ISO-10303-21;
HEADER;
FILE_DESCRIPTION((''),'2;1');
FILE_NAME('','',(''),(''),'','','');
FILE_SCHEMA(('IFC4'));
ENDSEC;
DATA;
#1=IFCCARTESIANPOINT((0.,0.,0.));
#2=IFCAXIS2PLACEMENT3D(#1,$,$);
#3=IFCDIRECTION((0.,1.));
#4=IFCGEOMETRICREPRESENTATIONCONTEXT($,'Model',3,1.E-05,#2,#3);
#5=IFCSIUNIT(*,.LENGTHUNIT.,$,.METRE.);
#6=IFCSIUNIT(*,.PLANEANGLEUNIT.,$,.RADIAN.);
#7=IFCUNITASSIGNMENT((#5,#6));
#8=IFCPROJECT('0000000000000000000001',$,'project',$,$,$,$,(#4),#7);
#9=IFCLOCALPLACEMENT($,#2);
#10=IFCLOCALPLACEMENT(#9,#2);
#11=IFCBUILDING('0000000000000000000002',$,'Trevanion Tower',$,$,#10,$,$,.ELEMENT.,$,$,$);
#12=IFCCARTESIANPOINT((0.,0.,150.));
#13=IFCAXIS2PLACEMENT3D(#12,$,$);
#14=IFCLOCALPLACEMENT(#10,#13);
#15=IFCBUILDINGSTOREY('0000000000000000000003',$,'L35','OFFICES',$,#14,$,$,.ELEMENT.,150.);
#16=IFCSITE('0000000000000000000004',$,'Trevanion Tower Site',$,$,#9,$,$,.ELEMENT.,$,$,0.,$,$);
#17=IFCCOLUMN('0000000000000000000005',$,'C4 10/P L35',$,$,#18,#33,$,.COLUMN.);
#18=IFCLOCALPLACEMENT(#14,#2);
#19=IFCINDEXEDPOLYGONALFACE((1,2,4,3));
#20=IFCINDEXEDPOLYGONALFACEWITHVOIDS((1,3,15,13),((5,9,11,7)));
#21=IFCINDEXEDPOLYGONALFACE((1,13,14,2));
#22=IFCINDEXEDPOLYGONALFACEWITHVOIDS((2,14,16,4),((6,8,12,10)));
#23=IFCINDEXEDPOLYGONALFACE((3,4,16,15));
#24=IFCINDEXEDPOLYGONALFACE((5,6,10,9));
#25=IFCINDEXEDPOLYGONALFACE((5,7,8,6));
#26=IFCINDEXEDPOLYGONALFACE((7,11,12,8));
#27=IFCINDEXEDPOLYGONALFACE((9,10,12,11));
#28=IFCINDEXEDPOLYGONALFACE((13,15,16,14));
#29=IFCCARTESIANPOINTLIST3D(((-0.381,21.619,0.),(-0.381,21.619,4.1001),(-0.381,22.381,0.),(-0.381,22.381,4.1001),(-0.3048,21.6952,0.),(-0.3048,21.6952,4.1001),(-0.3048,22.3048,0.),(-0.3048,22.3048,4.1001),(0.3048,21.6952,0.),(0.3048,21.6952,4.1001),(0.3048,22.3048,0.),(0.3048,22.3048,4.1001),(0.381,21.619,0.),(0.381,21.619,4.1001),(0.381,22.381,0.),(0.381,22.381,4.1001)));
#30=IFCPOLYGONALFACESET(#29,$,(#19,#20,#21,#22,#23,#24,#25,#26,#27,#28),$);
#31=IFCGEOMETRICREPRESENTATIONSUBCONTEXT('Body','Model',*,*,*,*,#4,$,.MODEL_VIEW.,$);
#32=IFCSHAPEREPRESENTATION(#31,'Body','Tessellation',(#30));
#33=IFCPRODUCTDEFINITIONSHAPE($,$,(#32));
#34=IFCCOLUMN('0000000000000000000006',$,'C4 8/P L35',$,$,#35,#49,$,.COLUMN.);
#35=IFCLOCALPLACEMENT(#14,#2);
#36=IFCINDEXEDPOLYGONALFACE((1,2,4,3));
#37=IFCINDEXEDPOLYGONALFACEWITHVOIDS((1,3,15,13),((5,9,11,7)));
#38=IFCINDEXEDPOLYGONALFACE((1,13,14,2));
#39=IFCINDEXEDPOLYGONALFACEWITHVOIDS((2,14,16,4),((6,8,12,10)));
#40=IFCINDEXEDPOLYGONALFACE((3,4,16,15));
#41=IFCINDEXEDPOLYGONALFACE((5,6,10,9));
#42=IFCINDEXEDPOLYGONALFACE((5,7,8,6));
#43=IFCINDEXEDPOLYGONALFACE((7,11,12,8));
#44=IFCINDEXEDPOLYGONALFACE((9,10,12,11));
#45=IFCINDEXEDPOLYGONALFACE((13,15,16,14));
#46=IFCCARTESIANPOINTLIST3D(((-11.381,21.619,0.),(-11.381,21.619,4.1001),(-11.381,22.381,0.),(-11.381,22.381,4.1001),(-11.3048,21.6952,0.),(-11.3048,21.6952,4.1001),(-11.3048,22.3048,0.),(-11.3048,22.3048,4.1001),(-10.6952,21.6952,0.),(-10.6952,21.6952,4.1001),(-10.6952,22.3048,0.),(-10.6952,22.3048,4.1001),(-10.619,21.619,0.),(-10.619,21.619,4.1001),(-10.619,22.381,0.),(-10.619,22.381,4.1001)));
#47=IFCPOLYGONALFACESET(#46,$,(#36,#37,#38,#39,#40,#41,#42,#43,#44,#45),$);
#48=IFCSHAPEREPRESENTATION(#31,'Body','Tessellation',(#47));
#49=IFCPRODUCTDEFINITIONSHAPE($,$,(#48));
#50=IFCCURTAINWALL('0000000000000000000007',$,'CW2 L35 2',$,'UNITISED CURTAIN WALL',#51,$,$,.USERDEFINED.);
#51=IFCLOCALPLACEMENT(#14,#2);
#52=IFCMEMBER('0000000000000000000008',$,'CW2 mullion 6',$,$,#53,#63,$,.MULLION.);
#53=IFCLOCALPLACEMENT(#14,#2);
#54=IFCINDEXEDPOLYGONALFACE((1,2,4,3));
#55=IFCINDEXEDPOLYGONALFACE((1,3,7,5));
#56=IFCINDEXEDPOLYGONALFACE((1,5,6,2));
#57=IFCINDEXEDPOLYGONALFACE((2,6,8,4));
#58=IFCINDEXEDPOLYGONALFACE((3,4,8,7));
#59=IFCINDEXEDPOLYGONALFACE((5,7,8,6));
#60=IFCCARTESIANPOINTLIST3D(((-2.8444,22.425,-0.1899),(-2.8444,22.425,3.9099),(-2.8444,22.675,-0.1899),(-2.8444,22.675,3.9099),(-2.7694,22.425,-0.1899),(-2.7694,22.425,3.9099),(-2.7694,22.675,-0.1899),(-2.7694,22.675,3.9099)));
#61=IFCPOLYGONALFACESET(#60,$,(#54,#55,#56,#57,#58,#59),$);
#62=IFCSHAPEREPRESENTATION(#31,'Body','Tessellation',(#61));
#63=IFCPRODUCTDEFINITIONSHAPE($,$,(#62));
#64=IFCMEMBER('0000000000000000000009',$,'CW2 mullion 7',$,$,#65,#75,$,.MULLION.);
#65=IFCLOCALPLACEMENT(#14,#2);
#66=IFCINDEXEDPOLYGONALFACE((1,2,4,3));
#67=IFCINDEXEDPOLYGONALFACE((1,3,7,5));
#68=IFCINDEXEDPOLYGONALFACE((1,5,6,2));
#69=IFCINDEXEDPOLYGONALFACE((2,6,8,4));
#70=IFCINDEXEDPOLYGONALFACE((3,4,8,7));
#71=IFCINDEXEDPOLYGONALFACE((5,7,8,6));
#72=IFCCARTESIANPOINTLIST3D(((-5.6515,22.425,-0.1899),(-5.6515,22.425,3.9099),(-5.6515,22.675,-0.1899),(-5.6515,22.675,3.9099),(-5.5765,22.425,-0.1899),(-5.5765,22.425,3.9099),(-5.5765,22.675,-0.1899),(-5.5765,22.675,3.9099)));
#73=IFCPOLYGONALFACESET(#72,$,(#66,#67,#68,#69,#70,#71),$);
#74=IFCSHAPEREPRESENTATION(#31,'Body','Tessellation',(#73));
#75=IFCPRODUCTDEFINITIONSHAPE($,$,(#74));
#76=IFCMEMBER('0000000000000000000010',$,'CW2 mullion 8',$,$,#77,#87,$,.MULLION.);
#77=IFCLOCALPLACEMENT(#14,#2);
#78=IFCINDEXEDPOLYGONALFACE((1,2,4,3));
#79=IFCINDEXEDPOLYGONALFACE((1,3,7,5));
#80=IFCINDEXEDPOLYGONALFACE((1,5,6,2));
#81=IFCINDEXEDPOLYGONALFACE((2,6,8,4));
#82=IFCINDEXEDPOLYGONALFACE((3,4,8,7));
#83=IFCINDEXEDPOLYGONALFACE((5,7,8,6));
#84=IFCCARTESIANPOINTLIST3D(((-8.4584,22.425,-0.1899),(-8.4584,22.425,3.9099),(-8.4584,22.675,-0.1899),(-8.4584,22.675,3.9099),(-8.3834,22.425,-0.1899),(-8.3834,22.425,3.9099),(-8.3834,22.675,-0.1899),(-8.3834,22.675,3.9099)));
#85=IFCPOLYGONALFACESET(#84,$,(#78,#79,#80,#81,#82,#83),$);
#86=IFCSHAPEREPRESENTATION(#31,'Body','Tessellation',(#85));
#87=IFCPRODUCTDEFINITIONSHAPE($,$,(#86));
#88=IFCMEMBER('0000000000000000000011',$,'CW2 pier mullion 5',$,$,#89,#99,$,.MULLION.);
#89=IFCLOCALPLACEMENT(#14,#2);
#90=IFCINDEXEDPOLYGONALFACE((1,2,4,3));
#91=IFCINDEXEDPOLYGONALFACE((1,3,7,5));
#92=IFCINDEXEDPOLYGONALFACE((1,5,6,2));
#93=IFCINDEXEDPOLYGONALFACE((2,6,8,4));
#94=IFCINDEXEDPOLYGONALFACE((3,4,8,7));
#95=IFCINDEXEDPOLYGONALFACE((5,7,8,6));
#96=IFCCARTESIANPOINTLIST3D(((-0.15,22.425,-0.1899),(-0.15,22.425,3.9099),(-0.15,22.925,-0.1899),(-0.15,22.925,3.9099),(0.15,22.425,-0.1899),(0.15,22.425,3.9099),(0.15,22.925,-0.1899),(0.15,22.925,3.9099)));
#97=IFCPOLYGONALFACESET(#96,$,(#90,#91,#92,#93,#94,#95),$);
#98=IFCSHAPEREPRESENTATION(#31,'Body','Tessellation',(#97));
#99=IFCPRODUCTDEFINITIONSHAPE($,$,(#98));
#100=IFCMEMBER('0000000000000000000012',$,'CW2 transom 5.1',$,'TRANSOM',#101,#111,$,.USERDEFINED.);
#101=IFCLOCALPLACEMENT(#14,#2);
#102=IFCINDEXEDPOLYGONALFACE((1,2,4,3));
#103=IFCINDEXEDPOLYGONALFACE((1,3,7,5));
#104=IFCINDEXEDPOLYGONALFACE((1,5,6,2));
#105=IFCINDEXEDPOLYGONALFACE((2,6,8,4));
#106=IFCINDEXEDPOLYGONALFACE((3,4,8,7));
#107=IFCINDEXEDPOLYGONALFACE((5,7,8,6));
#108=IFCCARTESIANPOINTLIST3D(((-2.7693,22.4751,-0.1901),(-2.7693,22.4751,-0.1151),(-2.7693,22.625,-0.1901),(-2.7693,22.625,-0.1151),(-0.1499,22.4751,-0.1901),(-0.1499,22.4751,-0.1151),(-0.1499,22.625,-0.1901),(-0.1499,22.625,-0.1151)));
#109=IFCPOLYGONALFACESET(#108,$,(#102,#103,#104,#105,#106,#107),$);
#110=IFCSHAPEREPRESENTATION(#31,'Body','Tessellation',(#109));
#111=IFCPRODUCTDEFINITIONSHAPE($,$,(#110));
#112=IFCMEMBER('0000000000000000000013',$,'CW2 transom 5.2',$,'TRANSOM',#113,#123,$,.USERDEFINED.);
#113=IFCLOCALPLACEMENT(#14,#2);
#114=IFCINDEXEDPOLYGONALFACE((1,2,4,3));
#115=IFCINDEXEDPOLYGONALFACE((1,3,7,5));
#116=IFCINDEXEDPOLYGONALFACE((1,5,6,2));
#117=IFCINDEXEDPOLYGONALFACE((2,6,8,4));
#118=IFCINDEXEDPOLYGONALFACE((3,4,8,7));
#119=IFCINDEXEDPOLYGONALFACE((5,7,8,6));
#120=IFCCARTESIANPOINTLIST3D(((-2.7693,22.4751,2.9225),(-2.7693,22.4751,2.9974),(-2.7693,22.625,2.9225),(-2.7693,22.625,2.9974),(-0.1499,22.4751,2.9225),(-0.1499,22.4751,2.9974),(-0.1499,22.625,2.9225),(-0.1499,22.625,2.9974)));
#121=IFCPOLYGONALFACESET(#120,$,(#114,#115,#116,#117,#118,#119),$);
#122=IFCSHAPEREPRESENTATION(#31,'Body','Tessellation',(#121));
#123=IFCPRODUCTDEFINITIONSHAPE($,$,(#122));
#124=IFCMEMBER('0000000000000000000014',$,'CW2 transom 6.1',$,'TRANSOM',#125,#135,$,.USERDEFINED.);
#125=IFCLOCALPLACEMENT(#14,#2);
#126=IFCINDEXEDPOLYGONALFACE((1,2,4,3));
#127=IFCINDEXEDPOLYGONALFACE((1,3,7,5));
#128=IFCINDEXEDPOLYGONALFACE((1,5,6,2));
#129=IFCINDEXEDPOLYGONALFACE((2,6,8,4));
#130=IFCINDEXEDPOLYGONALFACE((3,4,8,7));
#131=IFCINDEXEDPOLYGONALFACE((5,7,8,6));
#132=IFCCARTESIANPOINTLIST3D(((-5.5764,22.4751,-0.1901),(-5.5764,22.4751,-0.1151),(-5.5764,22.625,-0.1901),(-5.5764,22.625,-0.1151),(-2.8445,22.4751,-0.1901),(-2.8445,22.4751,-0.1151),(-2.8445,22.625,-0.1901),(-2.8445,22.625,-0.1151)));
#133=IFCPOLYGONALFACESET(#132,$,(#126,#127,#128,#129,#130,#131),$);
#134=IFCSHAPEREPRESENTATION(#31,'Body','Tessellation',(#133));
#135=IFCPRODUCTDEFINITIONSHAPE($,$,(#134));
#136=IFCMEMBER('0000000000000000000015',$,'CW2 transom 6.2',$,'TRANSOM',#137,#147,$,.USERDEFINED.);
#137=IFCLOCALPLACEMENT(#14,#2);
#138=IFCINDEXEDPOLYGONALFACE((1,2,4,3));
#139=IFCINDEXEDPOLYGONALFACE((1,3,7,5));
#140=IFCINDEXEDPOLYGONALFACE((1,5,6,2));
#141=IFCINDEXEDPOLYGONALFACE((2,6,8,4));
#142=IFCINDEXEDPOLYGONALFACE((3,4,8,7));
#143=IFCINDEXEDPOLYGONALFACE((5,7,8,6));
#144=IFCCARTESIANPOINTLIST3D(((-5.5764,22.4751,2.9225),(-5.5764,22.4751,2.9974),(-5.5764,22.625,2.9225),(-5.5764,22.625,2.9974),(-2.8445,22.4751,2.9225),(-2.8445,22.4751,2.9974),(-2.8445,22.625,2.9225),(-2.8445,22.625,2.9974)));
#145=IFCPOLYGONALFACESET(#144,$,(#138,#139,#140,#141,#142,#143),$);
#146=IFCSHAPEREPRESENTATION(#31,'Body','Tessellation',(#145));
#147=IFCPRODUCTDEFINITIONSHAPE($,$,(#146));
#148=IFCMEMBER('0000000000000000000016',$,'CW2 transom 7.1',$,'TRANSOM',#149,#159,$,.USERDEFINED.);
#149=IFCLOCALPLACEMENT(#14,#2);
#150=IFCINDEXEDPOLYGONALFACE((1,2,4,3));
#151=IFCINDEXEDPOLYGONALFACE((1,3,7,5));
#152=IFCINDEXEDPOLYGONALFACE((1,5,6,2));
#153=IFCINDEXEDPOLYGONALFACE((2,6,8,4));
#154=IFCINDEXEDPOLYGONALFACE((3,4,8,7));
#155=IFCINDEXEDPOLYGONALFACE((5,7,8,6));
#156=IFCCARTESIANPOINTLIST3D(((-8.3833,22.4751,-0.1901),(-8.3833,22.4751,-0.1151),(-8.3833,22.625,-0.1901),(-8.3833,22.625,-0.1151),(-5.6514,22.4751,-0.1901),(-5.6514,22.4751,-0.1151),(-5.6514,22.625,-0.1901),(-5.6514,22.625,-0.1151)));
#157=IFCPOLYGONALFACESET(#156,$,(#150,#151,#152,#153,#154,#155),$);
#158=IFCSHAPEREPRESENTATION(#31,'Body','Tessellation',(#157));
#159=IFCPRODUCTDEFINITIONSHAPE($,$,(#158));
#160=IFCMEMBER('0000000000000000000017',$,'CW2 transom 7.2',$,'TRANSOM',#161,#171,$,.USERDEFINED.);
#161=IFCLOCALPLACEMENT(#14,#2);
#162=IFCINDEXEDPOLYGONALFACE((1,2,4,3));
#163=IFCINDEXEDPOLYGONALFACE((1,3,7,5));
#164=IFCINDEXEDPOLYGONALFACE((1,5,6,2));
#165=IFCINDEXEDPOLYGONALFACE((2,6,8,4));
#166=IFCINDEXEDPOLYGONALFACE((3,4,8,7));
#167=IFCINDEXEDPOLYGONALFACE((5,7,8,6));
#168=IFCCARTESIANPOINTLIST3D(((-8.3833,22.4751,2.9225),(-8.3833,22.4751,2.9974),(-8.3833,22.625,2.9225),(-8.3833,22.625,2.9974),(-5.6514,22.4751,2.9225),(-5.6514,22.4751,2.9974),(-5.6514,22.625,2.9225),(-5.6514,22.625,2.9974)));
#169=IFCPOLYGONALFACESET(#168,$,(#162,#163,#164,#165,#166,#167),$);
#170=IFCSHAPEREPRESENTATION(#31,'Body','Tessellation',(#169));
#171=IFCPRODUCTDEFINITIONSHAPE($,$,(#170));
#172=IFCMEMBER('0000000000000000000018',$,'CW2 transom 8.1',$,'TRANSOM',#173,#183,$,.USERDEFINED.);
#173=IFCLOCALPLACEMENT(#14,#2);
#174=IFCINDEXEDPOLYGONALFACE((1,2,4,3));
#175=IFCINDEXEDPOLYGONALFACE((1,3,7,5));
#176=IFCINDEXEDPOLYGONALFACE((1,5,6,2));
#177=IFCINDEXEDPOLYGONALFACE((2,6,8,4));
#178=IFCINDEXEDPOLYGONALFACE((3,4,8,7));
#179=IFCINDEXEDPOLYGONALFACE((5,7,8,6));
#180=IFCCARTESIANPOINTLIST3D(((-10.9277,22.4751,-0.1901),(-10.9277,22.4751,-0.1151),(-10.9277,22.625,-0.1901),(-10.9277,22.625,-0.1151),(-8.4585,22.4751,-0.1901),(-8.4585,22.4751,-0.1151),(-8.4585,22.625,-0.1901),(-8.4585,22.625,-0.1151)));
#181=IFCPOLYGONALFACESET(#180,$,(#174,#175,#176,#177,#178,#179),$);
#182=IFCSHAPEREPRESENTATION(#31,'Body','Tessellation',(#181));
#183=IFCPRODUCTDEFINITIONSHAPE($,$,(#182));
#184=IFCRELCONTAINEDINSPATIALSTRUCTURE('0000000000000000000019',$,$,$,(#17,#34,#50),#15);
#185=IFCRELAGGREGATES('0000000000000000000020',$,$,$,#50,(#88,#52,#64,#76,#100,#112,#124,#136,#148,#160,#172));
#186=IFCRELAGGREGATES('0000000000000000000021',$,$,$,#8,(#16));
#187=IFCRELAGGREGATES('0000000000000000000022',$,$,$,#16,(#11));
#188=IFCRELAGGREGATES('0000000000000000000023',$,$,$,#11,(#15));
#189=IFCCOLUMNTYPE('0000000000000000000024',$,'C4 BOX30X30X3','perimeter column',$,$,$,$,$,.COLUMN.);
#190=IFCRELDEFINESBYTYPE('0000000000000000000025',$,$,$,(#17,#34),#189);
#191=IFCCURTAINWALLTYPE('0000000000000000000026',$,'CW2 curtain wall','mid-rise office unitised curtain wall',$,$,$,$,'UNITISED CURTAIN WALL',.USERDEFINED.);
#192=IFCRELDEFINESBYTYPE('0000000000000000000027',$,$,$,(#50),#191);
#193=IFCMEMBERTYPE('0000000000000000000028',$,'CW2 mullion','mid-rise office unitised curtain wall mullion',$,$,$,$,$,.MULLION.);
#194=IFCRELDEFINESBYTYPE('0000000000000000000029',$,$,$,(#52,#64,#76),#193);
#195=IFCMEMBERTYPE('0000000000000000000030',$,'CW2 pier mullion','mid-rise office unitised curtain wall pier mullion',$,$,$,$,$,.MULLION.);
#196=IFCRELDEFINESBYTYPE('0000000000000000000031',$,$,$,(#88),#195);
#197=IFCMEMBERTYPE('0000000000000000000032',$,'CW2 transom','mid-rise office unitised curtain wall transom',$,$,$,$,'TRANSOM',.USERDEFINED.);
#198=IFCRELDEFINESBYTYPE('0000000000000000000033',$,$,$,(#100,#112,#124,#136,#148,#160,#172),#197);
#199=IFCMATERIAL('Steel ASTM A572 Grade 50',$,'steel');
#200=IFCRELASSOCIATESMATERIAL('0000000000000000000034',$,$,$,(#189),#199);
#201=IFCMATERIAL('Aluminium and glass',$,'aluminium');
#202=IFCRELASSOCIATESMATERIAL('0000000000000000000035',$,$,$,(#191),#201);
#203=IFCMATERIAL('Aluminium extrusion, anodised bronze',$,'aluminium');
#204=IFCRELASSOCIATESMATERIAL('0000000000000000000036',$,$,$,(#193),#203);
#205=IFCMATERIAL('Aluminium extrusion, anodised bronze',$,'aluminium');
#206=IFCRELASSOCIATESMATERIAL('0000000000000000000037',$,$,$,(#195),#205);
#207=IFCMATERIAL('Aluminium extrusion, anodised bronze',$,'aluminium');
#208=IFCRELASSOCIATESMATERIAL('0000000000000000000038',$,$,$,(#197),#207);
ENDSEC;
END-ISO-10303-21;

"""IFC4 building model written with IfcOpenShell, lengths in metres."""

from ifc_helpers import new_model, si_unit, direction, frame, origin, origin_2d, place, context, subcontext, project, spatial, rectangle, hollow_rectangle, extrude, material, material_profile, profile_set, type_object, element, aggregate, save


model = new_model("IFC4")

# Units and contexts
model_context = context("Model", 3, precision=1e-05, world=origin(), true_north=direction((0.0, 1.0)))
body_context = subcontext(model_context, "Body", "Model", "MODEL_VIEW")
ifc_project = project(units=[si_unit("LENGTHUNIT", "METRE"), si_unit("PLANEANGLEUNIT", "RADIAN")], contexts=[model_context])

# Site, building, storey
site_placement = place(None, origin())
site = spatial("IfcSite", under=ifc_project, at=site_placement, Name="Trevanion Tower Site", CompositionType="ELEMENT", RefElevation=0.0)
building_placement = place(site_placement, origin())
building = spatial("IfcBuilding", under=site, at=building_placement, Name="Trevanion Tower", CompositionType="ELEMENT")
storey_placement = place(building_placement, frame((0.0, 0.0, 150.0)))
storey = spatial("IfcBuildingStorey", under=building, at=storey_placement, Name="L35", Description="OFFICES", CompositionType="ELEMENT", Elevation=150.0)

# Columns
ifc_material_1 = material(Name="Steel ASTM A572 Grade 50", Category="steel")
ifc_material_profile_1 = material_profile(ifc_material_1, hollow_rectangle(XDim=0.762, YDim=0.762, WallThickness=0.0762, at=origin_2d()), Name="BOX30X30X3")
ifc_profile_set_1 = profile_set([ifc_material_profile_1], Name="Steel ASTM A572 Grade 50")
column_type = type_object("IfcColumnType", Name="C4 BOX30X30X3", Description="perimeter column", PredefinedType="COLUMN", material=ifc_profile_set_1)
for number, where, z_axis, x_axis, name in (
    (1, (0.0, 22.0, 0.0), (0.0, 0.0, 1.0), (1.0, 0.0, 0.0), "C4 10/P L35"),
    (2, (-11.0, 22.0, 0.0), (0.0, 0.0, 1.0), (1.0, 0.0, 0.0), "C4 8/P L35"),
):
    element("IfcColumn", number, at=place(storey_placement, frame(where, z_axis=z_axis, x_axis=x_axis)), inside=storey, type_object=column_type, Name=name, PredefinedType="COLUMN", context=body_context, shape_type="SweptSolid", body=[
        extrude(hollow_rectangle(XDim=0.762, YDim=0.762, WallThickness=0.0762, at=origin_2d()), origin(), (0.0, 0.0, 1.0), 4.1001),
    ])

# Curtain wall, members
ifc_material_2 = material(Name="Aluminium and glass", Category="aluminium")
curtain_wall_type = type_object("IfcCurtainWallType", Name="CW2 curtain wall", Description="mid-rise office unitised curtain wall", ElementType="UNITISED CURTAIN WALL", PredefinedType="USERDEFINED", material=ifc_material_2)
curtain_wall_placement = place(storey_placement, origin())
curtain_wall = element("IfcCurtainWall", 3, at=curtain_wall_placement, inside=storey, type_object=curtain_wall_type, Name="CW2 L35 2", ObjectType="UNITISED CURTAIN WALL", PredefinedType="USERDEFINED")
ifc_material_3 = material(Name="Aluminium extrusion, anodised bronze", Category="aluminium")
ifc_material_profile_2 = material_profile(ifc_material_3, rectangle(XDim=0.075, YDim=0.25, at=origin_2d()), Name="CW2 mullion")
ifc_profile_set_2 = profile_set([ifc_material_profile_2], Name="Aluminium extrusion, anodised bronze")
member_type_1 = type_object("IfcMemberType", Name="CW2 mullion", Description="mid-rise office unitised curtain wall mullion", PredefinedType="MULLION", material=ifc_profile_set_2)
member_1_placement = place(storey_placement, frame((-2.8069, 22.55, -0.1899), z_axis=(0.0, 0.0, 1.0), x_axis=(-1.0, 0.0, 0.0)))
member_1 = element("IfcMember", 4, at=member_1_placement, type_object=member_type_1, Name="CW2 mullion 6", PredefinedType="MULLION", context=body_context, shape_type="SweptSolid", body=[
    extrude(rectangle(XDim=0.075, YDim=0.25, at=origin_2d()), origin(), (0.0, 0.0, 1.0), 4.0999),
])
member_2_placement = place(storey_placement, frame((-5.614, 22.55, -0.1899), z_axis=(0.0, 0.0, 1.0), x_axis=(-1.0, 0.0, 0.0)))
member_2 = element("IfcMember", 5, at=member_2_placement, type_object=member_type_1, Name="CW2 mullion 7", PredefinedType="MULLION", context=body_context, shape_type="SweptSolid", body=[
    extrude(rectangle(XDim=0.075, YDim=0.25, at=origin_2d()), origin(), (0.0, 0.0, 1.0), 4.0999),
])
member_3_placement = place(storey_placement, frame((-8.4209, 22.55, -0.1899), z_axis=(0.0, 0.0, 1.0), x_axis=(-1.0, 0.0, 0.0)))
member_3 = element("IfcMember", 6, at=member_3_placement, type_object=member_type_1, Name="CW2 mullion 8", PredefinedType="MULLION", context=body_context, shape_type="SweptSolid", body=[
    extrude(rectangle(XDim=0.075, YDim=0.25, at=origin_2d()), origin(), (0.0, 0.0, 1.0), 4.0999),
])
ifc_material_4 = material(Name="Aluminium extrusion, anodised bronze", Category="aluminium")
ifc_material_profile_3 = material_profile(ifc_material_4, rectangle(XDim=0.3, YDim=0.5, at=origin_2d()), Name="CW2 pier mullion")
ifc_profile_set_3 = profile_set([ifc_material_profile_3], Name="Aluminium extrusion, anodised bronze")
member_type_2 = type_object("IfcMemberType", Name="CW2 pier mullion", Description="mid-rise office unitised curtain wall pier mullion", PredefinedType="MULLION", material=ifc_profile_set_3)
member_4_placement = place(storey_placement, frame((0.0, 22.675, -0.1899), z_axis=(0.0, 0.0, 1.0), x_axis=(-1.0, 0.0, 0.0)))
member_4 = element("IfcMember", 7, at=member_4_placement, type_object=member_type_2, Name="CW2 pier mullion 5", PredefinedType="MULLION", context=body_context, shape_type="SweptSolid", body=[
    extrude(rectangle(XDim=0.3, YDim=0.5, at=origin_2d()), origin(), (0.0, 0.0, 1.0), 4.0999),
])
ifc_material_5 = material(Name="Aluminium extrusion, anodised bronze", Category="aluminium")
ifc_material_profile_4 = material_profile(ifc_material_5, rectangle(XDim=0.1499, YDim=0.075, at=origin_2d()), Name="CW2 transom")
ifc_profile_set_4 = profile_set([ifc_material_profile_4], Name="Aluminium extrusion, anodised bronze")
member_type_3 = type_object("IfcMemberType", Name="CW2 transom", Description="mid-rise office unitised curtain wall transom", ElementType="TRANSOM", PredefinedType="USERDEFINED", material=ifc_profile_set_4)
member_5_placement = place(storey_placement, frame((-0.1499, 22.55, -0.1526), z_axis=(-1.0, 0.0, 0.0), x_axis=(0.0, -1.0, 0.0)))
member_5 = element("IfcMember", 8, at=member_5_placement, type_object=member_type_3, Name="CW2 transom 5.1", ObjectType="TRANSOM", PredefinedType="USERDEFINED", context=body_context, shape_type="SweptSolid", body=[
    extrude(rectangle(XDim=0.1499, YDim=0.075, at=origin_2d()), origin(), (0.0, 0.0, 1.0), 2.6194),
])
member_6_placement = place(storey_placement, frame((-0.1499, 22.55, 2.96), z_axis=(-1.0, 0.0, 0.0), x_axis=(0.0, -1.0, 0.0)))
member_6 = element("IfcMember", 9, at=member_6_placement, type_object=member_type_3, Name="CW2 transom 5.2", ObjectType="TRANSOM", PredefinedType="USERDEFINED", context=body_context, shape_type="SweptSolid", body=[
    extrude(rectangle(XDim=0.1499, YDim=0.075, at=origin_2d()), origin(), (0.0, 0.0, 1.0), 2.6194),
])
member_7_placement = place(storey_placement, frame((-2.8445, 22.55, -0.1526), z_axis=(-1.0, 0.0, 0.0), x_axis=(0.0, -1.0, 0.0)))
member_7 = element("IfcMember", 10, at=member_7_placement, type_object=member_type_3, Name="CW2 transom 6.1", ObjectType="TRANSOM", PredefinedType="USERDEFINED", context=body_context, shape_type="SweptSolid", body=[
    extrude(rectangle(XDim=0.1499, YDim=0.075, at=origin_2d()), origin(), (0.0, 0.0, 1.0), 2.7319),
])
member_8_placement = place(storey_placement, frame((-2.8445, 22.55, 2.96), z_axis=(-1.0, 0.0, 0.0), x_axis=(0.0, -1.0, 0.0)))
member_8 = element("IfcMember", 11, at=member_8_placement, type_object=member_type_3, Name="CW2 transom 6.2", ObjectType="TRANSOM", PredefinedType="USERDEFINED", context=body_context, shape_type="SweptSolid", body=[
    extrude(rectangle(XDim=0.1499, YDim=0.075, at=origin_2d()), origin(), (0.0, 0.0, 1.0), 2.7319),
])
member_9_placement = place(storey_placement, frame((-5.6514, 22.55, -0.1526), z_axis=(-1.0, 0.0, 0.0), x_axis=(0.0, -1.0, 0.0)))
member_9 = element("IfcMember", 12, at=member_9_placement, type_object=member_type_3, Name="CW2 transom 7.1", ObjectType="TRANSOM", PredefinedType="USERDEFINED", context=body_context, shape_type="SweptSolid", body=[
    extrude(rectangle(XDim=0.1499, YDim=0.075, at=origin_2d()), origin(), (0.0, 0.0, 1.0), 2.7319),
])
member_10_placement = place(storey_placement, frame((-5.6514, 22.55, 2.96), z_axis=(-1.0, 0.0, 0.0), x_axis=(0.0, -1.0, 0.0)))
member_10 = element("IfcMember", 13, at=member_10_placement, type_object=member_type_3, Name="CW2 transom 7.2", ObjectType="TRANSOM", PredefinedType="USERDEFINED", context=body_context, shape_type="SweptSolid", body=[
    extrude(rectangle(XDim=0.1499, YDim=0.075, at=origin_2d()), origin(), (0.0, 0.0, 1.0), 2.7319),
])
member_11_placement = place(storey_placement, frame((-8.4585, 22.55, -0.1526), z_axis=(-1.0, 0.0, 0.0), x_axis=(0.0, -1.0, 0.0)))
member_11 = element("IfcMember", 14, at=member_11_placement, type_object=member_type_3, Name="CW2 transom 8.1", ObjectType="TRANSOM", PredefinedType="USERDEFINED", context=body_context, shape_type="SweptSolid", body=[
    extrude(rectangle(XDim=0.1499, YDim=0.075, at=origin_2d()), origin(), (0.0, 0.0, 1.0), 2.4692),
])

aggregate(curtain_wall, [member_4, member_1, member_2, member_3, member_5, member_6, member_7, member_8, member_9, member_10, member_11])

save(model, "model.ifc")
